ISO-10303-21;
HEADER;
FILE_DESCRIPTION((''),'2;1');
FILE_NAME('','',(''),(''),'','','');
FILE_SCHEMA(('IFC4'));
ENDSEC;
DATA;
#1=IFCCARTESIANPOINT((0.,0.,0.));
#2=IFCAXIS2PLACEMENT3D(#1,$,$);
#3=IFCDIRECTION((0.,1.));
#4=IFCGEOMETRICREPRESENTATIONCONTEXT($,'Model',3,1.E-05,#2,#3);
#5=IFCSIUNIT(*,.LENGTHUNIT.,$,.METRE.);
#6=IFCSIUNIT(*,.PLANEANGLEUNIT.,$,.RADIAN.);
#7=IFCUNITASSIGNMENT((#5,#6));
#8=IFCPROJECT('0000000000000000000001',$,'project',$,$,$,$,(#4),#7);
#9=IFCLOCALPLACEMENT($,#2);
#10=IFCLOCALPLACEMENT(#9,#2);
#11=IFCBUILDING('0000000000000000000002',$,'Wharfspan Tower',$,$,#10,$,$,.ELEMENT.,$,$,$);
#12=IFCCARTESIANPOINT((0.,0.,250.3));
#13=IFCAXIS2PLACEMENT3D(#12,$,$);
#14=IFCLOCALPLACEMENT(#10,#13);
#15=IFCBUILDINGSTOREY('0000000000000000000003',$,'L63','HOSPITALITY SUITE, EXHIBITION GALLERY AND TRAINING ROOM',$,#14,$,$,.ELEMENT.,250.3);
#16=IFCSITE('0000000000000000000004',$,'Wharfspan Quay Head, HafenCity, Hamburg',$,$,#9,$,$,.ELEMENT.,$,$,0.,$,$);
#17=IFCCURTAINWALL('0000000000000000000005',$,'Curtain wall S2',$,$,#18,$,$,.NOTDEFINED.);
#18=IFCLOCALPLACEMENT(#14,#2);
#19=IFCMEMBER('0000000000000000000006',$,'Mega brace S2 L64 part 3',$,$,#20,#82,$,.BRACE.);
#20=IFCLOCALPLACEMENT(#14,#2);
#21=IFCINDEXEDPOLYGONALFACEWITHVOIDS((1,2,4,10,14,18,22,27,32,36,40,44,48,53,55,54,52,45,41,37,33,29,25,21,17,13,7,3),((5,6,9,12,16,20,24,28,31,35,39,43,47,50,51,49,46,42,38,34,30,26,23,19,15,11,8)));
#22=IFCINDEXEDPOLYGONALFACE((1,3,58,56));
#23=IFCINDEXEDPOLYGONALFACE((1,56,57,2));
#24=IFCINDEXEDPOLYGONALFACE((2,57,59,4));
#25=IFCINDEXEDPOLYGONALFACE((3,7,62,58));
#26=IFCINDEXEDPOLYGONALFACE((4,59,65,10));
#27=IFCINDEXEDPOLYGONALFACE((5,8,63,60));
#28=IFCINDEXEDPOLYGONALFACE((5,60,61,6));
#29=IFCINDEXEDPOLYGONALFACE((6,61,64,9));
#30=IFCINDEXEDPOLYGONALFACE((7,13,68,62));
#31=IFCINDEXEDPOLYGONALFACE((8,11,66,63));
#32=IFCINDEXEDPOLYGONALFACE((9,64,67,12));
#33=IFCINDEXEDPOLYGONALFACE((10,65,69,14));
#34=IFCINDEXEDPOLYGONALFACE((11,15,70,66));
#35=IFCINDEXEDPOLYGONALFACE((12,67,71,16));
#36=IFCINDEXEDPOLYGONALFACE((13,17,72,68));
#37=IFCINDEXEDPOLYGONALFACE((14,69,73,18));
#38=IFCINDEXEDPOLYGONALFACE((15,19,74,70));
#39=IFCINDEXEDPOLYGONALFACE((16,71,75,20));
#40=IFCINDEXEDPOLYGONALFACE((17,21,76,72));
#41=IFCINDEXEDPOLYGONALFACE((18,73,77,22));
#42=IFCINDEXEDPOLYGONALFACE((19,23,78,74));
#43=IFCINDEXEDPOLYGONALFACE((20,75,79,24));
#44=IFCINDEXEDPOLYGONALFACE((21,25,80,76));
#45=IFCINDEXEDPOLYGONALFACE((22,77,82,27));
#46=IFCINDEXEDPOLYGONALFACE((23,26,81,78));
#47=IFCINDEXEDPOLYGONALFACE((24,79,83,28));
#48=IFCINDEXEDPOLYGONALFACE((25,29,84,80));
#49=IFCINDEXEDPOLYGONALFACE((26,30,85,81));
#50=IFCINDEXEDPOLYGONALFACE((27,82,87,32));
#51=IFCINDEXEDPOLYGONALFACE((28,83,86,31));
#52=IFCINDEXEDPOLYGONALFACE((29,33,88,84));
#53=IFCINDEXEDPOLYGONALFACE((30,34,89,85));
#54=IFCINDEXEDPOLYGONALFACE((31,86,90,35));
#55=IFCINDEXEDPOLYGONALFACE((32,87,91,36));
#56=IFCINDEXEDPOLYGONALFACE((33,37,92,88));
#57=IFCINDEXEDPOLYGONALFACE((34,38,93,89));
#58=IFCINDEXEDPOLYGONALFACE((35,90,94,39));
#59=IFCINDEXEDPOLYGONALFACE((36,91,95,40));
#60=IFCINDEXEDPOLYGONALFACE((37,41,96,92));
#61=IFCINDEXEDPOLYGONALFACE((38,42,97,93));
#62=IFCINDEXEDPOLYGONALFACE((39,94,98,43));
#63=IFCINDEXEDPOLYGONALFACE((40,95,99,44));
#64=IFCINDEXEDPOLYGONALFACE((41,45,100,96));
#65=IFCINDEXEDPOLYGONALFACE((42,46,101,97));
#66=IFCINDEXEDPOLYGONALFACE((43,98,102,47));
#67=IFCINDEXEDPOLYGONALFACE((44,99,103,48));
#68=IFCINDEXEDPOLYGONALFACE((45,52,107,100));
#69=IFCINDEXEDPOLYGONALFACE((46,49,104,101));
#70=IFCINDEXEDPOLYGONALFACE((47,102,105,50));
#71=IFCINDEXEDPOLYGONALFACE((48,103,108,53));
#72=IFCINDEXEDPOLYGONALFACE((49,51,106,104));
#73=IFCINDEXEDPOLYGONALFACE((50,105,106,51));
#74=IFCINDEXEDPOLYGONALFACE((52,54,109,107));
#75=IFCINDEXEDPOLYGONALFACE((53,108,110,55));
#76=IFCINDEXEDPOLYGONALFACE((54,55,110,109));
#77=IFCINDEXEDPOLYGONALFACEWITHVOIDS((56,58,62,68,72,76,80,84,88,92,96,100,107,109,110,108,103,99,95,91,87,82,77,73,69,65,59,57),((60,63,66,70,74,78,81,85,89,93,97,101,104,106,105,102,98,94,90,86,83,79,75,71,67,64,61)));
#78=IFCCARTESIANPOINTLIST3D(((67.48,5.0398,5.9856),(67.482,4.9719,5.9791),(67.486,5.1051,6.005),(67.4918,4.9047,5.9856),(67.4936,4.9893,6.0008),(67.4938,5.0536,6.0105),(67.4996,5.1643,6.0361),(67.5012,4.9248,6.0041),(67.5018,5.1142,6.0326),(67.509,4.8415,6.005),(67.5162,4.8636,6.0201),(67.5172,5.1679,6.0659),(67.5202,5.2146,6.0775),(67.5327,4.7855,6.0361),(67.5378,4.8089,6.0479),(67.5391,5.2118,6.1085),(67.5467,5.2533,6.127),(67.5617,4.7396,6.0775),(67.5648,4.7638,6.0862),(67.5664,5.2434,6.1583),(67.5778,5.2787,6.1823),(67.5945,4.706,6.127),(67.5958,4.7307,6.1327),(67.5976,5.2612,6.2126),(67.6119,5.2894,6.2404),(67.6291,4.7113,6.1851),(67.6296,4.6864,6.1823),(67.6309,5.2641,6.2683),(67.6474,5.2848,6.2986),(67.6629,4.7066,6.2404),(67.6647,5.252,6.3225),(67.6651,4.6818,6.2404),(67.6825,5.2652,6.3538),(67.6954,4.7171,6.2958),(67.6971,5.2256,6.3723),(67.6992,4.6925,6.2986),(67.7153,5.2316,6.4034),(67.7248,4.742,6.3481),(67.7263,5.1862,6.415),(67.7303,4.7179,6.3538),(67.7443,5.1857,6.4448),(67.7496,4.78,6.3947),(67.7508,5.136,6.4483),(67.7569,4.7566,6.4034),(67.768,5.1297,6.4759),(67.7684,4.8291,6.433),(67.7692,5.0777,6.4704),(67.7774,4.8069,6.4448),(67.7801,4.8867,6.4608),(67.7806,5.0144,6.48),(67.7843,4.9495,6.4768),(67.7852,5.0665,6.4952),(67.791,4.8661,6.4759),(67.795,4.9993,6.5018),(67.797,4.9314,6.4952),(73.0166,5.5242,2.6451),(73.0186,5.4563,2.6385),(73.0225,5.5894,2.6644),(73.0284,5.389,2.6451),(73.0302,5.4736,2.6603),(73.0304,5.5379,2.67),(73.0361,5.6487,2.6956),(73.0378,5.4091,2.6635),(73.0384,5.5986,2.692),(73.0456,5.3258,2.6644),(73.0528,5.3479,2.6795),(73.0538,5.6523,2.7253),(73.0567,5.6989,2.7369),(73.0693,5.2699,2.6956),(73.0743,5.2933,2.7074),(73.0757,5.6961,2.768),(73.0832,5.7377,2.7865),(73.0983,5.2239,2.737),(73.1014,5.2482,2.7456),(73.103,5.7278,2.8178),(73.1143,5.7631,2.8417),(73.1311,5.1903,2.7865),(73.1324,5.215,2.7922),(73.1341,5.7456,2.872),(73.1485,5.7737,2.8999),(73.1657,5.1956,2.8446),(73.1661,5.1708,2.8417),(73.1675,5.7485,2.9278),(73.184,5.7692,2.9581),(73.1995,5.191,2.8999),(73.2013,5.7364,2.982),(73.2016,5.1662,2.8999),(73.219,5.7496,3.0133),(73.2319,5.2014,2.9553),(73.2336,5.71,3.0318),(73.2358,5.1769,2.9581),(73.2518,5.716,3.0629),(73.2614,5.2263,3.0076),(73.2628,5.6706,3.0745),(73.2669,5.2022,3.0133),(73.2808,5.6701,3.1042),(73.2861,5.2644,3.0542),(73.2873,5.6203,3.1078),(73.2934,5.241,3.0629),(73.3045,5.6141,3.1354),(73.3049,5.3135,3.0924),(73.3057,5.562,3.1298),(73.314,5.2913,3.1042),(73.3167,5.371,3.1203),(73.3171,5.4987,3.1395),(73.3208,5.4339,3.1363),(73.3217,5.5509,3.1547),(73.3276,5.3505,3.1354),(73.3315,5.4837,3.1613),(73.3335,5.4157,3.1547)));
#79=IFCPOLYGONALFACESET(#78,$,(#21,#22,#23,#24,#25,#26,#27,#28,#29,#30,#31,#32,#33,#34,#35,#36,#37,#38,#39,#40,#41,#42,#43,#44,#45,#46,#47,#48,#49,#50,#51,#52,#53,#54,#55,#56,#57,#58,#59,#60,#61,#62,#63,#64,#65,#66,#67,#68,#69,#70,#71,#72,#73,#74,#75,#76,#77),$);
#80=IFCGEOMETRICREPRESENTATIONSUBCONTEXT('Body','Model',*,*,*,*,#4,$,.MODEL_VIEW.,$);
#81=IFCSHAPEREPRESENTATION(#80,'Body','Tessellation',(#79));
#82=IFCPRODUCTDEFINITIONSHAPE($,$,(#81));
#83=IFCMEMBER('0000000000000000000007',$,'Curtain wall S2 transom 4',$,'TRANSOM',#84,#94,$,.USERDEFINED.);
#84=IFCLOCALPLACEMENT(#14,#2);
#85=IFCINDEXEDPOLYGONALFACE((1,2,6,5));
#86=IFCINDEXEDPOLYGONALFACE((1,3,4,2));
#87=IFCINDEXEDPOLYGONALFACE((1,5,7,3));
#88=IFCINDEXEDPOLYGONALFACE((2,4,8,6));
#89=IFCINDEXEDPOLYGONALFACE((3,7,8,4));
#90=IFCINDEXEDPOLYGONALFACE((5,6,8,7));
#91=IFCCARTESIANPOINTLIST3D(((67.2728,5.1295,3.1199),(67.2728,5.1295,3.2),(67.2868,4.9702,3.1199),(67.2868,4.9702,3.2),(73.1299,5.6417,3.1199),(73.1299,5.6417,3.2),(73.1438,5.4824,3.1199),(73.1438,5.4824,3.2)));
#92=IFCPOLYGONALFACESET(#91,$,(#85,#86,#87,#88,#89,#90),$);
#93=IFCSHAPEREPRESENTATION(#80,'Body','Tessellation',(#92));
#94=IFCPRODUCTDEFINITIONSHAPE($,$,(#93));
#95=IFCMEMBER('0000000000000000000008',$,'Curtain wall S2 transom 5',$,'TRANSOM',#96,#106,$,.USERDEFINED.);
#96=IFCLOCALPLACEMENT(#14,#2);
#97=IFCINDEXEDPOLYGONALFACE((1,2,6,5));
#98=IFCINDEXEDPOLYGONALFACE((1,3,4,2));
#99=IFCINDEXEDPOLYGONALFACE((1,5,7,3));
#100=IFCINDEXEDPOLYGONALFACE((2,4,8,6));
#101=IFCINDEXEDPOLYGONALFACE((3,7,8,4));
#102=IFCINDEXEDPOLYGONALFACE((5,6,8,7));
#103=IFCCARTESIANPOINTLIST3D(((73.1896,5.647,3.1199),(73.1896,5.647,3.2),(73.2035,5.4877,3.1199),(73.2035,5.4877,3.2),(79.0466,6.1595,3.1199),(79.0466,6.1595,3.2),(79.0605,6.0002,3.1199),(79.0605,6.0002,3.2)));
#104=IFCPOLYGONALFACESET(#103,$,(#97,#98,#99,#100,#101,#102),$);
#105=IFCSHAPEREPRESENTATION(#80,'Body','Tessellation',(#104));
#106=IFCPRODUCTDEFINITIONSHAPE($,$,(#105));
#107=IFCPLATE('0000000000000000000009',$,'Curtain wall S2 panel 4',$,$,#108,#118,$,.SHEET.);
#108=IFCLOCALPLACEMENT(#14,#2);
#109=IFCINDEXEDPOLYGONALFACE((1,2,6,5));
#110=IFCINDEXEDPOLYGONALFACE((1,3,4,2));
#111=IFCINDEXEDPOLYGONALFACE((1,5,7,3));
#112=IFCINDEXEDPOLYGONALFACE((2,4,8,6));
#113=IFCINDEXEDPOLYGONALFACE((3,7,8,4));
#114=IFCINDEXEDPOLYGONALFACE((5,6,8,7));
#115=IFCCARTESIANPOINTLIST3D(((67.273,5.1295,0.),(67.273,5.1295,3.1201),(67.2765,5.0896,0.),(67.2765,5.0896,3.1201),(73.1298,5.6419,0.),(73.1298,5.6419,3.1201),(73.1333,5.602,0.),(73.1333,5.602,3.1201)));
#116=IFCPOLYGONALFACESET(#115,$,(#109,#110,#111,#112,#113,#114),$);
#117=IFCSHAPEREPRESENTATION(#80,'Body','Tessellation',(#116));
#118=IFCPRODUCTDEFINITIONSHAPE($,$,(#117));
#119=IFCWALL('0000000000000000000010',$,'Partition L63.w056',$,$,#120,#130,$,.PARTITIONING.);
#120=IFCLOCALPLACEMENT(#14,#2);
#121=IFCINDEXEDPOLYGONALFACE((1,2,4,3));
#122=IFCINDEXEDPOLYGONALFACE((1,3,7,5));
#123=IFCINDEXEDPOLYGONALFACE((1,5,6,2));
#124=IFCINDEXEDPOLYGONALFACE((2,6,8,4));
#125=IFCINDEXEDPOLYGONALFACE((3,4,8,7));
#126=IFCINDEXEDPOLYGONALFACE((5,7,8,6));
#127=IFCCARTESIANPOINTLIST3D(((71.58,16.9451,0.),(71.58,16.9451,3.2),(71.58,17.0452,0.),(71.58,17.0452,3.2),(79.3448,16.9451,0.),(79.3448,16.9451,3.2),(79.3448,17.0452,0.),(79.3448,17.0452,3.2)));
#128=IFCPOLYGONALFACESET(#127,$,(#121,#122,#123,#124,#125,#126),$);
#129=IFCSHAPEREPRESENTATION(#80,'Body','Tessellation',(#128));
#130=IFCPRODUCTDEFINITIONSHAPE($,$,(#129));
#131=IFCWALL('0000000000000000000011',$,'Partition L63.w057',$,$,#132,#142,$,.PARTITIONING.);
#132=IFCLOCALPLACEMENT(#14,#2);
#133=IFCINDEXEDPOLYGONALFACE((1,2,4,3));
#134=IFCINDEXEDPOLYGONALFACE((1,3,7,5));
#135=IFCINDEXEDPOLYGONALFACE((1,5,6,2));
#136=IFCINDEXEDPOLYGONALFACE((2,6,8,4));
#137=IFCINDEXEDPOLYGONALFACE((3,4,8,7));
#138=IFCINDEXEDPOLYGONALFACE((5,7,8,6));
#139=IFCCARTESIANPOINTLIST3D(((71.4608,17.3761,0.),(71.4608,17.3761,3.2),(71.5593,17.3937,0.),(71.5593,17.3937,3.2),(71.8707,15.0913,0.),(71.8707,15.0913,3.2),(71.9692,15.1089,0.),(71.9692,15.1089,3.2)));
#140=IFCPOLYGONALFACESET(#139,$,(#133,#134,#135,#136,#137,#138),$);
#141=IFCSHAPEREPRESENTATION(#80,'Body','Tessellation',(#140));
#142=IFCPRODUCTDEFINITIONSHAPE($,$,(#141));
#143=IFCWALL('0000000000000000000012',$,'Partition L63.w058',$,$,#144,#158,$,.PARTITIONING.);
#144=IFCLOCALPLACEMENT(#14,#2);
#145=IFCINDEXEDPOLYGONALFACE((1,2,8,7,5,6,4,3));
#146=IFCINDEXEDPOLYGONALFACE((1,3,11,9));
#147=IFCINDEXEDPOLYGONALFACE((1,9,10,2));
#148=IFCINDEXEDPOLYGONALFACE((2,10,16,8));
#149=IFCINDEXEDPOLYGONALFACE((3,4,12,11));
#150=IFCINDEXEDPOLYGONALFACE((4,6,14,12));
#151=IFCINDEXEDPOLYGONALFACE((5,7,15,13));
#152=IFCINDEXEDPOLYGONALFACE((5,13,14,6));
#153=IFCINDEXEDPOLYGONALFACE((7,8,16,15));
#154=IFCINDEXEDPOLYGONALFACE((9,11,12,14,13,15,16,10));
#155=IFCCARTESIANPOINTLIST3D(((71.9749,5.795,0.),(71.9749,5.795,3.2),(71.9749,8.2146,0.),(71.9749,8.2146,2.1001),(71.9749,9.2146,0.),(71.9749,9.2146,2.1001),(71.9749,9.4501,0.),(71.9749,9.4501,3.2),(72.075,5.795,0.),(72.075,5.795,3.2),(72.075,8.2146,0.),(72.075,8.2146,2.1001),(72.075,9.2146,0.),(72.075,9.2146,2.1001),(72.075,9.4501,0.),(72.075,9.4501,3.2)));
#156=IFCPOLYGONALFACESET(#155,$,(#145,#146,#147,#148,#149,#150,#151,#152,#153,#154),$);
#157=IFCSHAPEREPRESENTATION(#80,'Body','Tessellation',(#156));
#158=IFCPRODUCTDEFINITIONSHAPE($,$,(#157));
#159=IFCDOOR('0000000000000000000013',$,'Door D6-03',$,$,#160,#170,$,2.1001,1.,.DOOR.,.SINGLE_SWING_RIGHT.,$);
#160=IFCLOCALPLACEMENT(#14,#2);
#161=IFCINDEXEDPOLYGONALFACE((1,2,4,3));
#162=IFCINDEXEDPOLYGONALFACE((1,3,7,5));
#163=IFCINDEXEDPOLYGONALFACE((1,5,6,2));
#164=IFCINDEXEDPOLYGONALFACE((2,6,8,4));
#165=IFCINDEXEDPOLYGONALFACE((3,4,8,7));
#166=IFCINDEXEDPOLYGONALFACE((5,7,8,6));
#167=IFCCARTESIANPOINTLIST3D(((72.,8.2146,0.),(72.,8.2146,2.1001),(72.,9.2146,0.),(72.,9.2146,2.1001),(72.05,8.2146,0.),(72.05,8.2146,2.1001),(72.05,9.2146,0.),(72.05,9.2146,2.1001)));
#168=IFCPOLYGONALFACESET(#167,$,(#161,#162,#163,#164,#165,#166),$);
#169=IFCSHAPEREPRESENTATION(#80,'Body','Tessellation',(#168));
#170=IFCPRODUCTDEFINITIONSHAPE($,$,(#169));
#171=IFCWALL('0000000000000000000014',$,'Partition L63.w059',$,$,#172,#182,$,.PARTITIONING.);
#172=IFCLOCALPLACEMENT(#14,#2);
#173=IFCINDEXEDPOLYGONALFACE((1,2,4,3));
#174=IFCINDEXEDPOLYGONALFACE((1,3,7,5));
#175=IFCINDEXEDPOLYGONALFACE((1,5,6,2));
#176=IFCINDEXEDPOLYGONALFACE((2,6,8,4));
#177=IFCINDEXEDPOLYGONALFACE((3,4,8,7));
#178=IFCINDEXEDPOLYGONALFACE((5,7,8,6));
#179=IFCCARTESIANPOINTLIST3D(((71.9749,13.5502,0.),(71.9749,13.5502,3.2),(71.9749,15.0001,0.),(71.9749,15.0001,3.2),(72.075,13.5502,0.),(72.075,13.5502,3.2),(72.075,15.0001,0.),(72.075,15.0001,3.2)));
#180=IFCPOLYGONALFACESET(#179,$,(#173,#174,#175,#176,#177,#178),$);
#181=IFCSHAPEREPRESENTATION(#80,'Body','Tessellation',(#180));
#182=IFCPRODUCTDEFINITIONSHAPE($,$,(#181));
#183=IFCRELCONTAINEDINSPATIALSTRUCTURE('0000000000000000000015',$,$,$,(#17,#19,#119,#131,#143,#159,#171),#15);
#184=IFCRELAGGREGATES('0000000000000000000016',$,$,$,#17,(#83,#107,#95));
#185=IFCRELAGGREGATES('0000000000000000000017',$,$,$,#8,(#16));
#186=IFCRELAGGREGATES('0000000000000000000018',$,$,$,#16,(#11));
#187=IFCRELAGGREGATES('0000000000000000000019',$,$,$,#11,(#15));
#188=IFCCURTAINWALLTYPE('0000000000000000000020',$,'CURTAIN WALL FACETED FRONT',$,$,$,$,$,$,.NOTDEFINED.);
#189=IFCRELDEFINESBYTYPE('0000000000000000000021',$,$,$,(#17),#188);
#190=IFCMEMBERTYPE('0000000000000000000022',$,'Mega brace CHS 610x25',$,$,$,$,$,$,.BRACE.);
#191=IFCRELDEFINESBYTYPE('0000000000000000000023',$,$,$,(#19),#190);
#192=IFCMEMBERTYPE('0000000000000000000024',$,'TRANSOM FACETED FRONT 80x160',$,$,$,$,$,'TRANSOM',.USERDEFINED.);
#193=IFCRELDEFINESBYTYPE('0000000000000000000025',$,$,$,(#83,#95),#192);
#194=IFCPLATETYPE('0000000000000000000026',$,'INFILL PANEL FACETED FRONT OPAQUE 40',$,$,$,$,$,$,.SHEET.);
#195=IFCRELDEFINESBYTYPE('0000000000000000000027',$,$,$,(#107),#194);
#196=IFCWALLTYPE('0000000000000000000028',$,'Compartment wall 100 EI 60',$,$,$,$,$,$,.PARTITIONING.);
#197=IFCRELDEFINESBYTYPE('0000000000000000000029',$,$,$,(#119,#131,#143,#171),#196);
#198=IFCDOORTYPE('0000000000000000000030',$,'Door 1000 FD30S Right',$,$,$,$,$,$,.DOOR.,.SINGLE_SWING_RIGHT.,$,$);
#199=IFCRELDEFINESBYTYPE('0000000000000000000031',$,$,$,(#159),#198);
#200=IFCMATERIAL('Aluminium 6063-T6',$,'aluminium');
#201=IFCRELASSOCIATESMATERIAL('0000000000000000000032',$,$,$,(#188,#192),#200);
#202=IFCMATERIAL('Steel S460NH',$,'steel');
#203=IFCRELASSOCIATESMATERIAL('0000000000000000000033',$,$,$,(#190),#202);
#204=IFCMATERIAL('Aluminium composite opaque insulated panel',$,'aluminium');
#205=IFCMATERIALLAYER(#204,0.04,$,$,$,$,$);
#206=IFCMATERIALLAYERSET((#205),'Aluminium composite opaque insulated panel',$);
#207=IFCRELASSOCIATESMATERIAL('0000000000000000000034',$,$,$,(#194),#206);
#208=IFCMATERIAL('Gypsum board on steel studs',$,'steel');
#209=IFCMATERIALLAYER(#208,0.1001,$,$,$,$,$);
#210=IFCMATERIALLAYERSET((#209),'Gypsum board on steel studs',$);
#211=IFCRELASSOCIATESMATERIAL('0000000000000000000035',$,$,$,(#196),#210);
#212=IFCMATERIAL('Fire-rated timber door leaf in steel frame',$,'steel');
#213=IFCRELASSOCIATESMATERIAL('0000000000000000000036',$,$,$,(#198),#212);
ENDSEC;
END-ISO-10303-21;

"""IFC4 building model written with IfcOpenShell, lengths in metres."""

from ifc_helpers import new_model, si_unit, direction, frame, frame_2d, origin, origin_2d, place, context, subcontext, project, spatial, rectangle, hollow_circle, extrude, material, layer, layer_set, material_profile, profile_set, type_object, element, fill, aggregate, save


model = new_model("IFC4")

# Units and contexts
model_context = context("Model", 3, precision=1e-05, world=origin(), true_north=direction((0.0, 1.0)))
body_context = subcontext(model_context, "Body", "Model", "MODEL_VIEW")
ifc_project = project(units=[si_unit("LENGTHUNIT", "METRE"), si_unit("PLANEANGLEUNIT", "RADIAN")], contexts=[model_context])

# Site, building, storey
site_placement = place(None, origin())
site = spatial("IfcSite", under=ifc_project, at=site_placement, Name="Wharfspan Quay Head, HafenCity, Hamburg", CompositionType="ELEMENT", RefElevation=0.0)
building_placement = place(site_placement, origin())
building = spatial("IfcBuilding", under=site, at=building_placement, Name="Wharfspan Tower", CompositionType="ELEMENT")
storey_placement = place(building_placement, frame((0.0, 0.0, 250.3)))
storey = spatial("IfcBuildingStorey", under=building, at=storey_placement, Name="L63", Description="HOSPITALITY SUITE, EXHIBITION GALLERY AND TRAINING ROOM", CompositionType="ELEMENT", Elevation=250.3)

# Curtain wall
ifc_material_1 = material(Name="Aluminium 6063-T6", Category="aluminium")
curtain_wall_type = type_object("IfcCurtainWallType", Name="CURTAIN WALL FACETED FRONT", PredefinedType="NOTDEFINED", material=ifc_material_1)
curtain_wall_placement = place(storey_placement, origin())
curtain_wall = element("IfcCurtainWall", 1, at=curtain_wall_placement, inside=storey, type_object=curtain_wall_type, Name="Curtain wall S2", PredefinedType="NOTDEFINED")

# Members
ifc_material_2 = material(Name="Steel S460NH", Category="steel")
ifc_material_profile_1 = material_profile(ifc_material_2, hollow_circle(Radius=0.3049, WallThickness=0.0249, at=origin_2d()))
ifc_profile_set_1 = profile_set([ifc_material_profile_1], Name="Steel S460NH")
member_type_1 = type_object("IfcMemberType", Name="Mega brace CHS 610x25", PredefinedType="BRACE", material=ifc_profile_set_1)
member_1_placement = place(storey_placement, frame((73.175, 5.47, 2.8999), z_axis=(-0.853829, -0.074698, 0.515166), x_axis=(0.087155, -0.996197, 0.000003)))
element("IfcMember", 2, at=member_1_placement, inside=storey, type_object=member_type_1, Name="Mega brace S2 L64 part 3", PredefinedType="BRACE", context=body_context, shape_type="SweptSolid", body=[
    extrude(hollow_circle(Radius=0.3049, WallThickness=0.0249, at=origin_2d()), origin(), (0.0, 0.0, 1.0), 6.4844),
])
ifc_material_profile_2 = material_profile(ifc_material_1, rectangle(XDim=0.1599, YDim=0.0801, at=origin_2d()))
ifc_profile_set_2 = profile_set([ifc_material_profile_2], Name="Aluminium 6063-T6")
member_type_2 = type_object("IfcMemberType", Name="TRANSOM FACETED FRONT 80x160", ElementType="TRANSOM", PredefinedType="USERDEFINED", material=ifc_profile_set_2)
member_2_placement = place(storey_placement, frame((67.2798, 5.0498, 3.1599), z_axis=(0.996198, 0.087121, 0.0), x_axis=(-0.087121, 0.996198, 0.0)))
member_2 = element("IfcMember", 3, at=member_2_placement, type_object=member_type_2, Name="Curtain wall S2 transom 4", ObjectType="TRANSOM", PredefinedType="USERDEFINED", context=body_context, shape_type="SweptSolid", body=[
    extrude(rectangle(XDim=0.1599, YDim=0.0801, at=origin_2d()), origin(), (0.0, 0.0, 1.0), 5.8794),
])
member_3_placement = place(storey_placement, frame((73.1965, 5.5674, 3.1599), z_axis=(0.996194, 0.087162, 0.0), x_axis=(-0.087162, 0.996194, 0.0)))
member_3 = element("IfcMember", 4, at=member_3_placement, type_object=member_type_2, Name="Curtain wall S2 transom 5", ObjectType="TRANSOM", PredefinedType="USERDEFINED", context=body_context, shape_type="SweptSolid", body=[
    extrude(rectangle(XDim=0.1599, YDim=0.0801, at=origin_2d()), origin(), (0.0, 0.0, 1.0), 5.8794),
])

# Plate
ifc_material_3 = material(Name="Aluminium composite opaque insulated panel", Category="aluminium")
ifc_layer_1 = layer(ifc_material_3, 0.04)
ifc_layer_set_1 = layer_set([ifc_layer_1], Name="Aluminium composite opaque insulated panel")
plate_type = type_object("IfcPlateType", Name="INFILL PANEL FACETED FRONT OPAQUE 40", PredefinedType="SHEET", material=ifc_layer_set_1)
plate_placement = place(storey_placement, frame((70.2031, 5.3657, 0.0), z_axis=(0.0, 0.0, 1.0), x_axis=(0.996197, 0.087156, 0.0)))
plate = element("IfcPlate", 5, at=plate_placement, type_object=plate_type, Name="Curtain wall S2 panel 4", PredefinedType="SHEET", context=body_context, shape_type="SweptSolid", body=[
    extrude(rectangle(XDim=5.8792, YDim=0.04, at=origin_2d()), origin(), (0.0, 0.0, 1.0), 3.1201),
])
aggregate(curtain_wall, [member_2, plate, member_3])

# Walls
ifc_material_4 = material(Name="Gypsum board on steel studs", Category="steel")
ifc_layer_2 = layer(ifc_material_4, 0.1001)
ifc_layer_set_2 = layer_set([ifc_layer_2], Name="Gypsum board on steel studs")
wall_type_1 = type_object("IfcWallType", Name="Compartment wall 100 EI 60", PredefinedType="PARTITIONING", material=ifc_layer_set_2)
wall_1_placement = place(storey_placement, frame((71.5801, 16.9951, 0.0), z_axis=(0.0, 0.0, 1.0), x_axis=(1.0, 0.0, 0.0)))
element("IfcWall", 6, at=wall_1_placement, inside=storey, type_object=wall_type_1, Name="Partition L63.w056", PredefinedType="PARTITIONING", context=body_context, shape_type="SweptSolid", body=[
    extrude(rectangle(XDim=7.7649, YDim=0.1001, at=frame_2d((3.8823, 0.0))), origin(), (0.0, 0.0, 1.0), 3.2),
])
wall_2_placement = place(storey_placement, frame((71.9199, 15.1001, 0.0), z_axis=(0.0, 0.0, 1.0), x_axis=(-0.176581, 0.984289, 0.0)))
element("IfcWall", 7, at=wall_2_placement, inside=storey, type_object=wall_type_1, Name="Partition L63.w057", PredefinedType="PARTITIONING", context=body_context, shape_type="SweptSolid", body=[
    extrude(rectangle(XDim=2.3213, YDim=0.1001, at=frame_2d((1.1606, 0.0))), origin(), (0.0, 0.0, 1.0), 3.2),
])

# Wall, opening, door
wall_3_placement = place(storey_placement, frame((72.0249, 5.7949, 0.0), z_axis=(0.0, 0.0, 1.0), x_axis=(0.0, 1.0, 0.0)))
wall_3 = element("IfcWall", 8, at=wall_3_placement, inside=storey, type_object=wall_type_1, Name="Partition L63.w058", PredefinedType="PARTITIONING", context=body_context, shape_type="SweptSolid", body=[
    extrude(rectangle(XDim=3.655, YDim=0.1001, at=frame_2d((1.8276, 0.0))), origin(), (0.0, 0.0, 1.0), 3.2),
])
opening_placement = place(wall_3_placement, frame((2.4197, 0.0, 0.0)))
opening = element("IfcOpeningElement", 9, at=opening_placement, cuts=wall_3, PredefinedType="OPENING", context=body_context, shape_type="SweptSolid", body=[
    extrude(rectangle(XDim=1.0, YDim=2.1001, at=frame_2d((0.5, 1.05))), frame((0.0, 0.0601, 0.0), z_axis=(0.0, -1.0, 0.0), x_axis=(1.0, 0.0, 0.0)), (0.0, 0.0, 1.0), 0.1201),
])
ifc_material_5 = material(Name="Fire-rated timber door leaf in steel frame", Category="steel")
door_type = type_object("IfcDoorType", Name="Door 1000 FD30S Right", OperationType="SINGLE_SWING_RIGHT", PredefinedType="DOOR", material=ifc_material_5)
door_placement = place(opening_placement, origin())
door = element("IfcDoor", 10, at=door_placement, inside=storey, type_object=door_type, Name="Door D6-03", OperationType="SINGLE_SWING_RIGHT", OverallHeight=2.1001, OverallWidth=1.0, PredefinedType="DOOR", context=body_context, shape_type="SweptSolid", body=[
    extrude(rectangle(XDim=1.0, YDim=2.1001, at=frame_2d((0.5, 1.05))), frame((0.0, 0.0249, 0.0), z_axis=(0.0, -1.0, 0.0), x_axis=(1.0, 0.0, 0.0)), (0.0, 0.0, 1.0), 0.05),
])
fill(opening, door)

# Wall
wall_4_placement = place(storey_placement, frame((72.0249, 13.55, 0.0), z_axis=(0.0, 0.0, 1.0), x_axis=(0.0, 1.0, 0.0)))
element("IfcWall", 11, at=wall_4_placement, inside=storey, type_object=wall_type_1, Name="Partition L63.w059", PredefinedType="PARTITIONING", context=body_context, shape_type="SweptSolid", body=[
    extrude(rectangle(XDim=1.45, YDim=0.1001, at=frame_2d((0.7251, 0.0))), origin(), (0.0, 0.0, 1.0), 3.2),
])

save(model, "model.ifc")
